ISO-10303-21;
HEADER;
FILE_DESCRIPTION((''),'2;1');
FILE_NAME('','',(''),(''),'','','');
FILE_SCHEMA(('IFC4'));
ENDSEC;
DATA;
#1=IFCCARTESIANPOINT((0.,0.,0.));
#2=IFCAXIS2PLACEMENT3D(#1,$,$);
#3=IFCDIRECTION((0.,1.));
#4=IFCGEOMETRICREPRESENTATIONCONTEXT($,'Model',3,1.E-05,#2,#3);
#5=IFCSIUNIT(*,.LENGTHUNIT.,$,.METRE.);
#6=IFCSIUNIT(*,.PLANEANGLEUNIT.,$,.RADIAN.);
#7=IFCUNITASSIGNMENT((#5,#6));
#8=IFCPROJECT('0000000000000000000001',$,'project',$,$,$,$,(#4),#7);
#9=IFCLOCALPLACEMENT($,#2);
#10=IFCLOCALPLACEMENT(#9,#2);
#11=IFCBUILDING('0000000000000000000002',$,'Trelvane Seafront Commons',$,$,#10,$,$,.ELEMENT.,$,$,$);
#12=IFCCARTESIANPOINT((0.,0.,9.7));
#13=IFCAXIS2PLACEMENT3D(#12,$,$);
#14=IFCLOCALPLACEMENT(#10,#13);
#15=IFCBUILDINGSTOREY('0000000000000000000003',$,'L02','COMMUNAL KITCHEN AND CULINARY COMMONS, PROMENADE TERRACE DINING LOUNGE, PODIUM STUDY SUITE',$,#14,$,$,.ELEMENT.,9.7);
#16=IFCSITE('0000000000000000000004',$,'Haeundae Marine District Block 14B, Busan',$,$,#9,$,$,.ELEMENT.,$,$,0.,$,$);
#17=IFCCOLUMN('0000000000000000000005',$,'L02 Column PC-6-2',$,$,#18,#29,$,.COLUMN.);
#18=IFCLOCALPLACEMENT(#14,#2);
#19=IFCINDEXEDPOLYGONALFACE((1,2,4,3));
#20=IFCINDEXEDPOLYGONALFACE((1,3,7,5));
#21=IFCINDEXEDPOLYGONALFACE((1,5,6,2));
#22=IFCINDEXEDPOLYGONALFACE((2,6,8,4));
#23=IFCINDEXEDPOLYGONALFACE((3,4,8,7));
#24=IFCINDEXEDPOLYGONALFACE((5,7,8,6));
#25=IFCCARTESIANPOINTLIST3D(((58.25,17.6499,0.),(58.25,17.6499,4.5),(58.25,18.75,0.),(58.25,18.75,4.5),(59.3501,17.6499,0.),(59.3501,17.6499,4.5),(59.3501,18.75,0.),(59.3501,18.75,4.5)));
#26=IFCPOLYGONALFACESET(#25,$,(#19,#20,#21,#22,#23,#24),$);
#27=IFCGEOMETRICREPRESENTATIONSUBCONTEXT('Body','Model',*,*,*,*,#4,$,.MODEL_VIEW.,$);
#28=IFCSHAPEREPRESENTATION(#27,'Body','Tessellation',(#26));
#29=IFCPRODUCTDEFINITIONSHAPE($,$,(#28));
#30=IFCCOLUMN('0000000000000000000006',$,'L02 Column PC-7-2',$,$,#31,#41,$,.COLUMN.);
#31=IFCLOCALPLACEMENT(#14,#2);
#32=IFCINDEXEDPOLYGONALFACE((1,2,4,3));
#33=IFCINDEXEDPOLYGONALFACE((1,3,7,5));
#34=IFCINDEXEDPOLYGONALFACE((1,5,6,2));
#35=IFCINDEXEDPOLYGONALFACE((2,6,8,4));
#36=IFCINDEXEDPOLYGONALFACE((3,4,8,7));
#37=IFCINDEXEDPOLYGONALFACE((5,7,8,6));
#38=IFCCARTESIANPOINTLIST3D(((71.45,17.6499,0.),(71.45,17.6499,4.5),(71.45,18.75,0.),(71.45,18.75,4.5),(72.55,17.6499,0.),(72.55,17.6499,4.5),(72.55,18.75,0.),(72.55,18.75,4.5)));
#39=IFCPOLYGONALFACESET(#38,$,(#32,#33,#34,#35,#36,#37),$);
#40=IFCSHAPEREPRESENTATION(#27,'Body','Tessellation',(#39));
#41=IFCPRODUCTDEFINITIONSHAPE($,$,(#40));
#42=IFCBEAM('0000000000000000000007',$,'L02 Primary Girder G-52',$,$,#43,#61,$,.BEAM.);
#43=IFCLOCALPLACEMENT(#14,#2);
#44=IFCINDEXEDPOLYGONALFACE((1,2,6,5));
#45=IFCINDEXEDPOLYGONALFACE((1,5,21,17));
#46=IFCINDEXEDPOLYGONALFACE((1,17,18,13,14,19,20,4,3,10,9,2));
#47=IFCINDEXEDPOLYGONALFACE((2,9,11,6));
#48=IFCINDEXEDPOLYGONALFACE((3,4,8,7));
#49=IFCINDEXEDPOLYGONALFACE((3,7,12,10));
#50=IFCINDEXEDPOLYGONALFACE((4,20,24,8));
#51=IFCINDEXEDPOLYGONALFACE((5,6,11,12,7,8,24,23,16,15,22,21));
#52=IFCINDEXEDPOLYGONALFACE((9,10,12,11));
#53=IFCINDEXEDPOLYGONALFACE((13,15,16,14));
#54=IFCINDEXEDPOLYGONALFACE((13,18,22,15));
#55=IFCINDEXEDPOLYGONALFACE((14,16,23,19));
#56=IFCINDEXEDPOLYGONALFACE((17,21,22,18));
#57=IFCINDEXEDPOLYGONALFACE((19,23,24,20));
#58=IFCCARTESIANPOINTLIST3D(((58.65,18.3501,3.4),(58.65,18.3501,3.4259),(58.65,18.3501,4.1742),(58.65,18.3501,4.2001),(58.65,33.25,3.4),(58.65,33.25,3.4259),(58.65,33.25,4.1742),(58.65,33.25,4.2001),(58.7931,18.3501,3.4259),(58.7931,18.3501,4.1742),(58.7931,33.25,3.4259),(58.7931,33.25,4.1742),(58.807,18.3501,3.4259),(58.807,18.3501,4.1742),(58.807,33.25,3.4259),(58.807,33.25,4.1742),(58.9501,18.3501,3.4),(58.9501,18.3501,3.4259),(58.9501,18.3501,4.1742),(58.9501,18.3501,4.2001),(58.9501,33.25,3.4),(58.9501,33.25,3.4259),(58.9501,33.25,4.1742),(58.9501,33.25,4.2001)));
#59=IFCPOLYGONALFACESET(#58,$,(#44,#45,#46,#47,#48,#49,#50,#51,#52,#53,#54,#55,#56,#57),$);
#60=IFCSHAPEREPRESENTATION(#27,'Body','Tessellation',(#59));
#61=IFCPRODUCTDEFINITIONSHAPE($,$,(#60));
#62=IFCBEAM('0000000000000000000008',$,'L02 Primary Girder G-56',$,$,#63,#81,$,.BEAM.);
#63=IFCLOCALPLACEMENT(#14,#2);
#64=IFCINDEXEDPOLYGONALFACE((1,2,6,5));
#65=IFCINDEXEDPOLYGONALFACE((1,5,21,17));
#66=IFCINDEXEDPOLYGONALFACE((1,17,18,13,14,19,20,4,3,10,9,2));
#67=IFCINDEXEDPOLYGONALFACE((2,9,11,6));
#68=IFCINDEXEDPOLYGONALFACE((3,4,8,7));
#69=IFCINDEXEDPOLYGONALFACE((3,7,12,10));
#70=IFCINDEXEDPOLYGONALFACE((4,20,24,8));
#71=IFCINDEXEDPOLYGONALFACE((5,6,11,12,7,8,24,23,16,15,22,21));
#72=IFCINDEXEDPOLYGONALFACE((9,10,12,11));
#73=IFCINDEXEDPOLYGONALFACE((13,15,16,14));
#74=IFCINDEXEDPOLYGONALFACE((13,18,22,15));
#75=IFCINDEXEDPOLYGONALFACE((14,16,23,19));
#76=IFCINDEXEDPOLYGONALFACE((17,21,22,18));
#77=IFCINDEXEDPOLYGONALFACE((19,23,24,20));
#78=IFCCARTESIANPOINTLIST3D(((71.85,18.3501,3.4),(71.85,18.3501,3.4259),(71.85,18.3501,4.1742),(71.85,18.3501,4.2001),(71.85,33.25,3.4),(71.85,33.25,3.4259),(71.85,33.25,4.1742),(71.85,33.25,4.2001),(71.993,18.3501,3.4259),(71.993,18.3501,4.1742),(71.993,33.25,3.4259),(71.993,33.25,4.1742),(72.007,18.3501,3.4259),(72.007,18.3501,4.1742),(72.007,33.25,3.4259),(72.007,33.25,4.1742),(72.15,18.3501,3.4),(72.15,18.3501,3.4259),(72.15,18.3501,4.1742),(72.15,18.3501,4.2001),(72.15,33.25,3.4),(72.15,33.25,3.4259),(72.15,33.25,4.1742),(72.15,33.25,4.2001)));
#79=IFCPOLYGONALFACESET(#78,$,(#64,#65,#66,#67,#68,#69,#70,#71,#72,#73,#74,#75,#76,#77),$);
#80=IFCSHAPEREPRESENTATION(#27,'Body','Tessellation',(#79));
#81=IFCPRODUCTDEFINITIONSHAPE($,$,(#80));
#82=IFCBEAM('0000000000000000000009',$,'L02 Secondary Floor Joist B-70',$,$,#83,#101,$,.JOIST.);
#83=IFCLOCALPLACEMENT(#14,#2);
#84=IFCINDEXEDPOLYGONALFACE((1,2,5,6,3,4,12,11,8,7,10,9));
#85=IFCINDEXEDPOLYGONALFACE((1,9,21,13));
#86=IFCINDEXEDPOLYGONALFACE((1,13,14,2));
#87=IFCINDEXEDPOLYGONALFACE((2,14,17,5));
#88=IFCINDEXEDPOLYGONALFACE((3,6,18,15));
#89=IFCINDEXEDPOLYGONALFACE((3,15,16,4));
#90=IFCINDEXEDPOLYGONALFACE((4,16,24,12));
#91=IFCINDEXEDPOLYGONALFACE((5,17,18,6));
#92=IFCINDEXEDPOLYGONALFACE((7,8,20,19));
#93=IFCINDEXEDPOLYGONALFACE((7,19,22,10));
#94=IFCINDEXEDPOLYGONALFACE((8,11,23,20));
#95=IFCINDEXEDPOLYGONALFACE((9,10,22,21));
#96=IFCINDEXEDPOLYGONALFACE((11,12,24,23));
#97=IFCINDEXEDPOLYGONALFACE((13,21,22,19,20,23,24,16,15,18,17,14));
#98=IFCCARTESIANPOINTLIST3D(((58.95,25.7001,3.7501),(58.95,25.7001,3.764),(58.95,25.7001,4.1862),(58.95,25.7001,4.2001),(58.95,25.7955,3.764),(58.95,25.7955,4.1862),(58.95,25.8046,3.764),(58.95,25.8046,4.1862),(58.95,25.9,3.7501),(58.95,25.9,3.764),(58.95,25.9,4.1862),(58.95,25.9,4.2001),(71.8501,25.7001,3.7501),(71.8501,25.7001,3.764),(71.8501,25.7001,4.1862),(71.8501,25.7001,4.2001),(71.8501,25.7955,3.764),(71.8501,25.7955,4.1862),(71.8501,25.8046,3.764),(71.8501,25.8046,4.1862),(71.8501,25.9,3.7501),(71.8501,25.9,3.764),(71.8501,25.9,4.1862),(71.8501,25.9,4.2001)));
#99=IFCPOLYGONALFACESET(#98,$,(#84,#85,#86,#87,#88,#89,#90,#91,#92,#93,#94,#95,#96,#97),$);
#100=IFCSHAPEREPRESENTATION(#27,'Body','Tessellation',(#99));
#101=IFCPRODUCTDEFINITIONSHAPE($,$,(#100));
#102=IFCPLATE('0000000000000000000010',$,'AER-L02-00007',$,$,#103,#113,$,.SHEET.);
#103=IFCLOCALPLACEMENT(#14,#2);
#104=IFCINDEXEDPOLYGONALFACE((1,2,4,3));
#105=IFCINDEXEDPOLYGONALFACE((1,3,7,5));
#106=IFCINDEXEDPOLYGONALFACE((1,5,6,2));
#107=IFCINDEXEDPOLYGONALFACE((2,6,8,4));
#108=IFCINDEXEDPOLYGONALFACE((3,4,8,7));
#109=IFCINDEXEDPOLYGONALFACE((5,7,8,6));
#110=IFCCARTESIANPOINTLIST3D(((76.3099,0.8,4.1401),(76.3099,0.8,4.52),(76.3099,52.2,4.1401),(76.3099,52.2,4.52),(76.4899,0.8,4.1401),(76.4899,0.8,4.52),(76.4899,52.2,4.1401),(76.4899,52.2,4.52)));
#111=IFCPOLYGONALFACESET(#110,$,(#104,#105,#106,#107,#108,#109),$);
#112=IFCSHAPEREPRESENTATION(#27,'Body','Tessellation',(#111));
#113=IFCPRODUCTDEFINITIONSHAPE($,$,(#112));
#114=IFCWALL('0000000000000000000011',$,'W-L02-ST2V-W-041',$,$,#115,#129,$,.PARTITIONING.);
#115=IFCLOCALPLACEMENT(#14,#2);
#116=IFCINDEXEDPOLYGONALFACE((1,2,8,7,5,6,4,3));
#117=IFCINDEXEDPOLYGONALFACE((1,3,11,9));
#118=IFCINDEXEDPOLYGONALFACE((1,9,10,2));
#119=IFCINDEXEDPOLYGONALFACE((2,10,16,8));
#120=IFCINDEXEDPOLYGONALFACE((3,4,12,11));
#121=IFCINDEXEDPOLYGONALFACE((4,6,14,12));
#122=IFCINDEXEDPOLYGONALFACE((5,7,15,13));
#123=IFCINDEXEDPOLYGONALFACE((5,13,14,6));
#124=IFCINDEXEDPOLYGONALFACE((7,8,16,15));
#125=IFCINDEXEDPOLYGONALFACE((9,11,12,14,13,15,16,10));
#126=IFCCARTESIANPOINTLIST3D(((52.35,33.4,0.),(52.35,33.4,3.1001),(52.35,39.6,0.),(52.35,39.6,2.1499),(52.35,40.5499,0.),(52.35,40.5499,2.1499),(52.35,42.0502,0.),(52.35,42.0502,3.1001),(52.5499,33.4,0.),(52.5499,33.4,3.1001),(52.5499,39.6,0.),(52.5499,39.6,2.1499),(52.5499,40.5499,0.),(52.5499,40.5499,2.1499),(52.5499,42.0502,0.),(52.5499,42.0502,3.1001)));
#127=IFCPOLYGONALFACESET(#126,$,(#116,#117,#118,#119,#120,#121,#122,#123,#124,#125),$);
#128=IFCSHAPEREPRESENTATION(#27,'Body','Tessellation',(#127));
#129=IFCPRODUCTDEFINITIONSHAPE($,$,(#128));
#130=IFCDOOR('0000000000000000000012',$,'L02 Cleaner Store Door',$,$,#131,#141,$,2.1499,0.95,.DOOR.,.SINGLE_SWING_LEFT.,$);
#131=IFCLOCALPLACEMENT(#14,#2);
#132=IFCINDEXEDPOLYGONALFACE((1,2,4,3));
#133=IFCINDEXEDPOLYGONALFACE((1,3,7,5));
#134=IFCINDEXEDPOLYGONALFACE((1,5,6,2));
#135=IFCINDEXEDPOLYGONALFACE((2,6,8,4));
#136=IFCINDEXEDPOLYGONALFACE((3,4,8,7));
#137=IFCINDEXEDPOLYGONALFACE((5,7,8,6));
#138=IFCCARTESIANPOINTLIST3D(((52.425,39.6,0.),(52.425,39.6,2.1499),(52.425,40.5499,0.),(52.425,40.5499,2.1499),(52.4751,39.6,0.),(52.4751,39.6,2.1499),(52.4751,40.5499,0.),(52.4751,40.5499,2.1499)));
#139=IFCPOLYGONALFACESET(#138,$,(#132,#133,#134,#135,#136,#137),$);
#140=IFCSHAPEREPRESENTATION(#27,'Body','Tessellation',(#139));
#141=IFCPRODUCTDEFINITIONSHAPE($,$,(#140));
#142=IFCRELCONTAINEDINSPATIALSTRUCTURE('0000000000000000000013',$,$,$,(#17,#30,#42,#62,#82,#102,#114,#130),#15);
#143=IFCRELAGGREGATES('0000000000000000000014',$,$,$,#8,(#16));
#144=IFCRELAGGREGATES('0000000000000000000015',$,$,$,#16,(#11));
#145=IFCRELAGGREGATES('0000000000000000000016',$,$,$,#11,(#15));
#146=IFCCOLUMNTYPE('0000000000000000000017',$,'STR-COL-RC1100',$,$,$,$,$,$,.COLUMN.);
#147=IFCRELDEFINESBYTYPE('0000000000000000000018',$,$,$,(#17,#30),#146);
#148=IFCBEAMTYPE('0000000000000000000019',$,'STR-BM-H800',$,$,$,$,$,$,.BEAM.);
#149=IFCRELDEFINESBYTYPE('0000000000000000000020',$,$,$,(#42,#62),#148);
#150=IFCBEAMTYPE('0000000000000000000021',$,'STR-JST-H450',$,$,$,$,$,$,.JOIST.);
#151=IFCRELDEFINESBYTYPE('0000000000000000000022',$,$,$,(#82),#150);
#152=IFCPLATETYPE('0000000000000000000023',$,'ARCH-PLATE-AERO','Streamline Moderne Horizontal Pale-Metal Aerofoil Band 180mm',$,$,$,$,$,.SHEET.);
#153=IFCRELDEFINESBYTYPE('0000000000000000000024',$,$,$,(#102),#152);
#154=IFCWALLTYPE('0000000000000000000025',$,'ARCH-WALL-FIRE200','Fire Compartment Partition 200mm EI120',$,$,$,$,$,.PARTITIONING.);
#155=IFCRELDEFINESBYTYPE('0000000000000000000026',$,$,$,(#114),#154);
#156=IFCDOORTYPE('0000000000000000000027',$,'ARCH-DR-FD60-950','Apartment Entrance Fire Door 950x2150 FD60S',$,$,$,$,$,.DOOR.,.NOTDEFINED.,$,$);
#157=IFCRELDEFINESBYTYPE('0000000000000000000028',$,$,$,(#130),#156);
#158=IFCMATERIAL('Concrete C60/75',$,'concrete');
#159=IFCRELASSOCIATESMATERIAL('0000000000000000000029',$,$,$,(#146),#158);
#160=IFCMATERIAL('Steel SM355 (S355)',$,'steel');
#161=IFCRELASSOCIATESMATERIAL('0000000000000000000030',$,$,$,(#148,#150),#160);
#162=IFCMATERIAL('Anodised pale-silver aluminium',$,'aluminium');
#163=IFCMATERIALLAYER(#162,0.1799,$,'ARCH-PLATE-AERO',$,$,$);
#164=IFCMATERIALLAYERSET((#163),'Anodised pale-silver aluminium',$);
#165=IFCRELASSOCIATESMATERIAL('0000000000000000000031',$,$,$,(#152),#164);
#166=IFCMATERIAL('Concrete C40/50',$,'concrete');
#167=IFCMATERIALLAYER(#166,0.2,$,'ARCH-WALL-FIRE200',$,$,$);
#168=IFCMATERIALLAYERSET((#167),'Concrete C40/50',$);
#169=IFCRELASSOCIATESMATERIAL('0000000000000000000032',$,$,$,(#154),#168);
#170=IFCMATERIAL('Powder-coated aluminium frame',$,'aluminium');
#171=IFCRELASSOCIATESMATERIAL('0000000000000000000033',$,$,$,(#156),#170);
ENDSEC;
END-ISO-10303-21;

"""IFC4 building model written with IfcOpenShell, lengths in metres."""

from ifc_helpers import new_model, si_unit, direction, frame, frame_2d, origin, origin_2d, place, context, subcontext, project, spatial, rectangle, i_section, extrude, source, transform, mapped, material, layer, layer_set, material_profile, profile_set, type_object, element, fill, save


model = new_model("IFC4")

# Units and contexts
model_context = context("Model", 3, precision=1e-05, world=origin(), true_north=direction((0.0, 1.0)))
body_context = subcontext(model_context, "Body", "Model", "MODEL_VIEW")
ifc_project = project(units=[si_unit("LENGTHUNIT", "METRE"), si_unit("PLANEANGLEUNIT", "RADIAN")], contexts=[model_context])

# Site, building, storey
site_placement = place(None, origin())
site = spatial("IfcSite", under=ifc_project, at=site_placement, Name="Haeundae Marine District Block 14B, Busan", CompositionType="ELEMENT", RefElevation=0.0)
building_placement = place(site_placement, origin())
building = spatial("IfcBuilding", under=site, at=building_placement, Name="Trelvane Seafront Commons", CompositionType="ELEMENT")
storey_placement = place(building_placement, frame((0.0, 0.0, 9.7)))
storey = spatial("IfcBuildingStorey", under=building, at=storey_placement, Name="L02", Description="COMMUNAL KITCHEN AND CULINARY COMMONS, PROMENADE TERRACE DINING LOUNGE, PODIUM STUDY SUITE", CompositionType="ELEMENT", Elevation=9.7)

# Columns
ifc_material_1 = material(Name="Concrete C60/75", Category="concrete")
ifc_material_profile_1 = material_profile(ifc_material_1, rectangle(XDim=1.1001, YDim=1.1001, at=origin_2d()), Name="RC-1100x1100")
ifc_profile_set_1 = profile_set([ifc_material_profile_1], Name="Concrete C60/75")
column_type = type_object("IfcColumnType", Name="STR-COL-RC1100", PredefinedType="COLUMN", material=ifc_profile_set_1)
shared_shape_1 = source(origin(), body_context, "Body", "SweptSolid", [
    extrude(rectangle(XDim=1.1001, YDim=1.1001, at=origin_2d()), origin(), (0.0, 0.0, 1.0), 4.5),
])
for number, where, z_axis, x_axis, name in (
    (1, (58.8, 18.2, 0.0), (0.0, 0.0, 1.0), (1.0, 0.0, 0.0), "L02 Column PC-6-2"),
    (2, (72.0, 18.2, 0.0), (0.0, 0.0, 1.0), (1.0, 0.0, 0.0), "L02 Column PC-7-2"),
):
    element("IfcColumn", number, at=place(storey_placement, frame(where, z_axis=z_axis, x_axis=x_axis)), inside=storey, type_object=column_type, Name=name, PredefinedType="COLUMN", context=body_context, shape_type="MappedRepresentation", body=[
        mapped(shared_shape_1, transform((0.0, 0.0, 0.0), x_axis=(1.0, 0.0, 0.0), y_axis=(0.0, 1.0, 0.0), z_axis=(0.0, 0.0, 1.0), scale=1.0)),
    ])

# Beams
ifc_material_2 = material(Name="Steel SM355 (S355)", Category="steel")
ifc_material_profile_2 = material_profile(ifc_material_2, i_section(OverallWidth=0.3, OverallDepth=0.8, WebThickness=0.0139, FlangeThickness=0.0259, at=origin_2d()), Name="H-800x300x14x26")
ifc_profile_set_2 = profile_set([ifc_material_profile_2], Name="Steel SM355 (S355)")
beam_type_1 = type_object("IfcBeamType", Name="STR-BM-H800", PredefinedType="BEAM", material=ifc_profile_set_2)
shared_shape_2 = source(origin(), body_context, "Body", "SweptSolid", [
    extrude(i_section(OverallWidth=0.3, OverallDepth=0.8, WebThickness=0.0139, FlangeThickness=0.0259, at=origin_2d()), origin(), (0.0, 0.0, 1.0), 14.8999),
])
for number, where, z_axis, x_axis, name in (
    (3, (58.8, 18.3501, 3.8), (0.0, 1.0, 0.0), (-1.0, 0.0, 0.0), "L02 Primary Girder G-52"),
    (4, (72.0, 18.3501, 3.8), (0.0, 1.0, 0.0), (-1.0, 0.0, 0.0), "L02 Primary Girder G-56"),
):
    element("IfcBeam", number, at=place(storey_placement, frame(where, z_axis=z_axis, x_axis=x_axis)), inside=storey, type_object=beam_type_1, Name=name, PredefinedType="BEAM", context=body_context, shape_type="MappedRepresentation", body=[
        mapped(shared_shape_2, transform((0.0, 0.0, 0.0), x_axis=(1.0, 0.0, 0.0), y_axis=(0.0, 1.0, 0.0), z_axis=(0.0, 0.0, 1.0), scale=1.0)),
    ])
ifc_material_profile_3 = material_profile(ifc_material_2, i_section(OverallWidth=0.2, OverallDepth=0.45, WebThickness=0.009, FlangeThickness=0.0139, at=origin_2d()), Name="H-450x200x9x14")
ifc_profile_set_3 = profile_set([ifc_material_profile_3], Name="Steel SM355 (S355)")
beam_type_2 = type_object("IfcBeamType", Name="STR-JST-H450", PredefinedType="JOIST", material=ifc_profile_set_3)
shared_shape_3 = source(origin(), body_context, "Body", "SweptSolid", [
    extrude(i_section(OverallWidth=0.2, OverallDepth=0.45, WebThickness=0.009, FlangeThickness=0.0139, at=origin_2d()), origin(), (0.0, 0.0, 1.0), 12.9001),
])
beam_placement = place(storey_placement, frame((58.95, 25.8, 3.9751), z_axis=(1.0, 0.0, 0.0), x_axis=(0.0, 1.0, 0.0)))
element("IfcBeam", 5, at=beam_placement, inside=storey, type_object=beam_type_2, Name="L02 Secondary Floor Joist B-70", PredefinedType="JOIST", context=body_context, shape_type="MappedRepresentation", body=[
    mapped(shared_shape_3, transform((0.0, 0.0, 0.0), x_axis=(1.0, 0.0, 0.0), y_axis=(0.0, 1.0, 0.0), z_axis=(0.0, 0.0, 1.0), scale=1.0)),
])

# Plate
ifc_material_3 = material(Name="Anodised pale-silver aluminium", Category="aluminium")
ifc_layer_1 = layer(ifc_material_3, 0.1799, Name="ARCH-PLATE-AERO")
ifc_layer_set_1 = layer_set([ifc_layer_1], Name="Anodised pale-silver aluminium")
plate_type = type_object("IfcPlateType", Name="ARCH-PLATE-AERO", Description="Streamline Moderne Horizontal Pale-Metal Aerofoil Band 180mm", PredefinedType="SHEET", material=ifc_layer_set_1)
shared_shape_4 = source(origin(), body_context, "Body", "SweptSolid", [
    extrude(rectangle(XDim=51.3999, YDim=0.1799, at=origin_2d()), origin(), (0.0, 0.0, 1.0), 0.3799),
])
plate_placement = place(storey_placement, frame((76.3999, 26.5, 4.1401), z_axis=(0.0, 0.0, 1.0), x_axis=(0.0, -1.0, 0.0)))
element("IfcPlate", 6, at=plate_placement, inside=storey, type_object=plate_type, Name="AER-L02-00007", PredefinedType="SHEET", context=body_context, shape_type="MappedRepresentation", body=[
    mapped(shared_shape_4, transform((0.0, 0.0, 0.0), x_axis=(1.0, 0.0, 0.0), y_axis=(0.0, 1.0, 0.0), z_axis=(0.0, 0.0, 1.0), scale=1.0)),
])

# Wall, opening, door
ifc_material_4 = material(Name="Concrete C40/50", Category="concrete")
ifc_layer_2 = layer(ifc_material_4, 0.2, Name="ARCH-WALL-FIRE200")
ifc_layer_set_2 = layer_set([ifc_layer_2], Name="Concrete C40/50")
wall_type_1 = type_object("IfcWallType", Name="ARCH-WALL-FIRE200", Description="Fire Compartment Partition 200mm EI120", PredefinedType="PARTITIONING", material=ifc_layer_set_2)
wall_1_placement = place(storey_placement, frame((52.45, 33.3999, 0.0), z_axis=(0.0, 0.0, 1.0), x_axis=(0.0, 1.0, 0.0)))
wall_1 = element("IfcWall", 7, at=wall_1_placement, inside=storey, type_object=wall_type_1, Name="W-L02-ST2V-W-041", PredefinedType="PARTITIONING", context=body_context, shape_type="SweptSolid", body=[
    extrude(rectangle(XDim=8.6501, YDim=0.2, at=frame_2d((4.3252, 0.0))), origin(), (0.0, 0.0, 1.0), 3.1001),
])
opening_1_placement = place(wall_1_placement, frame((6.2, 0.0, 0.0)))
opening_1 = element("IfcOpeningElement", 8, at=opening_1_placement, cuts=wall_1, PredefinedType="OPENING", context=body_context, shape_type="SweptSolid", body=[
    extrude(rectangle(XDim=0.95, YDim=2.1499, at=frame_2d((0.4751, 1.075))), frame((0.0, 0.1099, 0.0), z_axis=(0.0, -1.0, 0.0), x_axis=(1.0, 0.0, 0.0)), (0.0, 0.0, 1.0), 0.22),
])
ifc_material_5 = material(Name="Powder-coated aluminium frame", Category="aluminium")
door_type_1 = type_object("IfcDoorType", Name="ARCH-DR-FD60-950", Description="Apartment Entrance Fire Door 950x2150 FD60S", OperationType="NOTDEFINED", PredefinedType="DOOR", material=ifc_material_5)
shared_shape_5 = source(origin(), body_context, "Body", "SweptSolid", [
    extrude(rectangle(XDim=0.95, YDim=2.1499, at=frame_2d((0.4751, 1.075))), frame((0.0, 0.0249, 0.0), z_axis=(0.0, -1.0, 0.0), x_axis=(1.0, 0.0, 0.0)), (0.0, 0.0, 1.0), 0.05),
])
door_1_placement = place(opening_1_placement, origin())
door_1 = element("IfcDoor", 9, at=door_1_placement, inside=storey, type_object=door_type_1, Name="L02 Cleaner Store Door", OperationType="SINGLE_SWING_LEFT", OverallHeight=2.1499, OverallWidth=0.95, PredefinedType="DOOR", context=body_context, shape_type="MappedRepresentation", body=[
    mapped(shared_shape_5, transform((0.0, 0.0, 0.0), x_axis=(1.0, 0.0, 0.0), y_axis=(0.0, 1.0, 0.0), z_axis=(0.0, 0.0, 1.0), scale=1.0)),
])
fill(opening_1, door_1)

save(model, "model.ifc")
